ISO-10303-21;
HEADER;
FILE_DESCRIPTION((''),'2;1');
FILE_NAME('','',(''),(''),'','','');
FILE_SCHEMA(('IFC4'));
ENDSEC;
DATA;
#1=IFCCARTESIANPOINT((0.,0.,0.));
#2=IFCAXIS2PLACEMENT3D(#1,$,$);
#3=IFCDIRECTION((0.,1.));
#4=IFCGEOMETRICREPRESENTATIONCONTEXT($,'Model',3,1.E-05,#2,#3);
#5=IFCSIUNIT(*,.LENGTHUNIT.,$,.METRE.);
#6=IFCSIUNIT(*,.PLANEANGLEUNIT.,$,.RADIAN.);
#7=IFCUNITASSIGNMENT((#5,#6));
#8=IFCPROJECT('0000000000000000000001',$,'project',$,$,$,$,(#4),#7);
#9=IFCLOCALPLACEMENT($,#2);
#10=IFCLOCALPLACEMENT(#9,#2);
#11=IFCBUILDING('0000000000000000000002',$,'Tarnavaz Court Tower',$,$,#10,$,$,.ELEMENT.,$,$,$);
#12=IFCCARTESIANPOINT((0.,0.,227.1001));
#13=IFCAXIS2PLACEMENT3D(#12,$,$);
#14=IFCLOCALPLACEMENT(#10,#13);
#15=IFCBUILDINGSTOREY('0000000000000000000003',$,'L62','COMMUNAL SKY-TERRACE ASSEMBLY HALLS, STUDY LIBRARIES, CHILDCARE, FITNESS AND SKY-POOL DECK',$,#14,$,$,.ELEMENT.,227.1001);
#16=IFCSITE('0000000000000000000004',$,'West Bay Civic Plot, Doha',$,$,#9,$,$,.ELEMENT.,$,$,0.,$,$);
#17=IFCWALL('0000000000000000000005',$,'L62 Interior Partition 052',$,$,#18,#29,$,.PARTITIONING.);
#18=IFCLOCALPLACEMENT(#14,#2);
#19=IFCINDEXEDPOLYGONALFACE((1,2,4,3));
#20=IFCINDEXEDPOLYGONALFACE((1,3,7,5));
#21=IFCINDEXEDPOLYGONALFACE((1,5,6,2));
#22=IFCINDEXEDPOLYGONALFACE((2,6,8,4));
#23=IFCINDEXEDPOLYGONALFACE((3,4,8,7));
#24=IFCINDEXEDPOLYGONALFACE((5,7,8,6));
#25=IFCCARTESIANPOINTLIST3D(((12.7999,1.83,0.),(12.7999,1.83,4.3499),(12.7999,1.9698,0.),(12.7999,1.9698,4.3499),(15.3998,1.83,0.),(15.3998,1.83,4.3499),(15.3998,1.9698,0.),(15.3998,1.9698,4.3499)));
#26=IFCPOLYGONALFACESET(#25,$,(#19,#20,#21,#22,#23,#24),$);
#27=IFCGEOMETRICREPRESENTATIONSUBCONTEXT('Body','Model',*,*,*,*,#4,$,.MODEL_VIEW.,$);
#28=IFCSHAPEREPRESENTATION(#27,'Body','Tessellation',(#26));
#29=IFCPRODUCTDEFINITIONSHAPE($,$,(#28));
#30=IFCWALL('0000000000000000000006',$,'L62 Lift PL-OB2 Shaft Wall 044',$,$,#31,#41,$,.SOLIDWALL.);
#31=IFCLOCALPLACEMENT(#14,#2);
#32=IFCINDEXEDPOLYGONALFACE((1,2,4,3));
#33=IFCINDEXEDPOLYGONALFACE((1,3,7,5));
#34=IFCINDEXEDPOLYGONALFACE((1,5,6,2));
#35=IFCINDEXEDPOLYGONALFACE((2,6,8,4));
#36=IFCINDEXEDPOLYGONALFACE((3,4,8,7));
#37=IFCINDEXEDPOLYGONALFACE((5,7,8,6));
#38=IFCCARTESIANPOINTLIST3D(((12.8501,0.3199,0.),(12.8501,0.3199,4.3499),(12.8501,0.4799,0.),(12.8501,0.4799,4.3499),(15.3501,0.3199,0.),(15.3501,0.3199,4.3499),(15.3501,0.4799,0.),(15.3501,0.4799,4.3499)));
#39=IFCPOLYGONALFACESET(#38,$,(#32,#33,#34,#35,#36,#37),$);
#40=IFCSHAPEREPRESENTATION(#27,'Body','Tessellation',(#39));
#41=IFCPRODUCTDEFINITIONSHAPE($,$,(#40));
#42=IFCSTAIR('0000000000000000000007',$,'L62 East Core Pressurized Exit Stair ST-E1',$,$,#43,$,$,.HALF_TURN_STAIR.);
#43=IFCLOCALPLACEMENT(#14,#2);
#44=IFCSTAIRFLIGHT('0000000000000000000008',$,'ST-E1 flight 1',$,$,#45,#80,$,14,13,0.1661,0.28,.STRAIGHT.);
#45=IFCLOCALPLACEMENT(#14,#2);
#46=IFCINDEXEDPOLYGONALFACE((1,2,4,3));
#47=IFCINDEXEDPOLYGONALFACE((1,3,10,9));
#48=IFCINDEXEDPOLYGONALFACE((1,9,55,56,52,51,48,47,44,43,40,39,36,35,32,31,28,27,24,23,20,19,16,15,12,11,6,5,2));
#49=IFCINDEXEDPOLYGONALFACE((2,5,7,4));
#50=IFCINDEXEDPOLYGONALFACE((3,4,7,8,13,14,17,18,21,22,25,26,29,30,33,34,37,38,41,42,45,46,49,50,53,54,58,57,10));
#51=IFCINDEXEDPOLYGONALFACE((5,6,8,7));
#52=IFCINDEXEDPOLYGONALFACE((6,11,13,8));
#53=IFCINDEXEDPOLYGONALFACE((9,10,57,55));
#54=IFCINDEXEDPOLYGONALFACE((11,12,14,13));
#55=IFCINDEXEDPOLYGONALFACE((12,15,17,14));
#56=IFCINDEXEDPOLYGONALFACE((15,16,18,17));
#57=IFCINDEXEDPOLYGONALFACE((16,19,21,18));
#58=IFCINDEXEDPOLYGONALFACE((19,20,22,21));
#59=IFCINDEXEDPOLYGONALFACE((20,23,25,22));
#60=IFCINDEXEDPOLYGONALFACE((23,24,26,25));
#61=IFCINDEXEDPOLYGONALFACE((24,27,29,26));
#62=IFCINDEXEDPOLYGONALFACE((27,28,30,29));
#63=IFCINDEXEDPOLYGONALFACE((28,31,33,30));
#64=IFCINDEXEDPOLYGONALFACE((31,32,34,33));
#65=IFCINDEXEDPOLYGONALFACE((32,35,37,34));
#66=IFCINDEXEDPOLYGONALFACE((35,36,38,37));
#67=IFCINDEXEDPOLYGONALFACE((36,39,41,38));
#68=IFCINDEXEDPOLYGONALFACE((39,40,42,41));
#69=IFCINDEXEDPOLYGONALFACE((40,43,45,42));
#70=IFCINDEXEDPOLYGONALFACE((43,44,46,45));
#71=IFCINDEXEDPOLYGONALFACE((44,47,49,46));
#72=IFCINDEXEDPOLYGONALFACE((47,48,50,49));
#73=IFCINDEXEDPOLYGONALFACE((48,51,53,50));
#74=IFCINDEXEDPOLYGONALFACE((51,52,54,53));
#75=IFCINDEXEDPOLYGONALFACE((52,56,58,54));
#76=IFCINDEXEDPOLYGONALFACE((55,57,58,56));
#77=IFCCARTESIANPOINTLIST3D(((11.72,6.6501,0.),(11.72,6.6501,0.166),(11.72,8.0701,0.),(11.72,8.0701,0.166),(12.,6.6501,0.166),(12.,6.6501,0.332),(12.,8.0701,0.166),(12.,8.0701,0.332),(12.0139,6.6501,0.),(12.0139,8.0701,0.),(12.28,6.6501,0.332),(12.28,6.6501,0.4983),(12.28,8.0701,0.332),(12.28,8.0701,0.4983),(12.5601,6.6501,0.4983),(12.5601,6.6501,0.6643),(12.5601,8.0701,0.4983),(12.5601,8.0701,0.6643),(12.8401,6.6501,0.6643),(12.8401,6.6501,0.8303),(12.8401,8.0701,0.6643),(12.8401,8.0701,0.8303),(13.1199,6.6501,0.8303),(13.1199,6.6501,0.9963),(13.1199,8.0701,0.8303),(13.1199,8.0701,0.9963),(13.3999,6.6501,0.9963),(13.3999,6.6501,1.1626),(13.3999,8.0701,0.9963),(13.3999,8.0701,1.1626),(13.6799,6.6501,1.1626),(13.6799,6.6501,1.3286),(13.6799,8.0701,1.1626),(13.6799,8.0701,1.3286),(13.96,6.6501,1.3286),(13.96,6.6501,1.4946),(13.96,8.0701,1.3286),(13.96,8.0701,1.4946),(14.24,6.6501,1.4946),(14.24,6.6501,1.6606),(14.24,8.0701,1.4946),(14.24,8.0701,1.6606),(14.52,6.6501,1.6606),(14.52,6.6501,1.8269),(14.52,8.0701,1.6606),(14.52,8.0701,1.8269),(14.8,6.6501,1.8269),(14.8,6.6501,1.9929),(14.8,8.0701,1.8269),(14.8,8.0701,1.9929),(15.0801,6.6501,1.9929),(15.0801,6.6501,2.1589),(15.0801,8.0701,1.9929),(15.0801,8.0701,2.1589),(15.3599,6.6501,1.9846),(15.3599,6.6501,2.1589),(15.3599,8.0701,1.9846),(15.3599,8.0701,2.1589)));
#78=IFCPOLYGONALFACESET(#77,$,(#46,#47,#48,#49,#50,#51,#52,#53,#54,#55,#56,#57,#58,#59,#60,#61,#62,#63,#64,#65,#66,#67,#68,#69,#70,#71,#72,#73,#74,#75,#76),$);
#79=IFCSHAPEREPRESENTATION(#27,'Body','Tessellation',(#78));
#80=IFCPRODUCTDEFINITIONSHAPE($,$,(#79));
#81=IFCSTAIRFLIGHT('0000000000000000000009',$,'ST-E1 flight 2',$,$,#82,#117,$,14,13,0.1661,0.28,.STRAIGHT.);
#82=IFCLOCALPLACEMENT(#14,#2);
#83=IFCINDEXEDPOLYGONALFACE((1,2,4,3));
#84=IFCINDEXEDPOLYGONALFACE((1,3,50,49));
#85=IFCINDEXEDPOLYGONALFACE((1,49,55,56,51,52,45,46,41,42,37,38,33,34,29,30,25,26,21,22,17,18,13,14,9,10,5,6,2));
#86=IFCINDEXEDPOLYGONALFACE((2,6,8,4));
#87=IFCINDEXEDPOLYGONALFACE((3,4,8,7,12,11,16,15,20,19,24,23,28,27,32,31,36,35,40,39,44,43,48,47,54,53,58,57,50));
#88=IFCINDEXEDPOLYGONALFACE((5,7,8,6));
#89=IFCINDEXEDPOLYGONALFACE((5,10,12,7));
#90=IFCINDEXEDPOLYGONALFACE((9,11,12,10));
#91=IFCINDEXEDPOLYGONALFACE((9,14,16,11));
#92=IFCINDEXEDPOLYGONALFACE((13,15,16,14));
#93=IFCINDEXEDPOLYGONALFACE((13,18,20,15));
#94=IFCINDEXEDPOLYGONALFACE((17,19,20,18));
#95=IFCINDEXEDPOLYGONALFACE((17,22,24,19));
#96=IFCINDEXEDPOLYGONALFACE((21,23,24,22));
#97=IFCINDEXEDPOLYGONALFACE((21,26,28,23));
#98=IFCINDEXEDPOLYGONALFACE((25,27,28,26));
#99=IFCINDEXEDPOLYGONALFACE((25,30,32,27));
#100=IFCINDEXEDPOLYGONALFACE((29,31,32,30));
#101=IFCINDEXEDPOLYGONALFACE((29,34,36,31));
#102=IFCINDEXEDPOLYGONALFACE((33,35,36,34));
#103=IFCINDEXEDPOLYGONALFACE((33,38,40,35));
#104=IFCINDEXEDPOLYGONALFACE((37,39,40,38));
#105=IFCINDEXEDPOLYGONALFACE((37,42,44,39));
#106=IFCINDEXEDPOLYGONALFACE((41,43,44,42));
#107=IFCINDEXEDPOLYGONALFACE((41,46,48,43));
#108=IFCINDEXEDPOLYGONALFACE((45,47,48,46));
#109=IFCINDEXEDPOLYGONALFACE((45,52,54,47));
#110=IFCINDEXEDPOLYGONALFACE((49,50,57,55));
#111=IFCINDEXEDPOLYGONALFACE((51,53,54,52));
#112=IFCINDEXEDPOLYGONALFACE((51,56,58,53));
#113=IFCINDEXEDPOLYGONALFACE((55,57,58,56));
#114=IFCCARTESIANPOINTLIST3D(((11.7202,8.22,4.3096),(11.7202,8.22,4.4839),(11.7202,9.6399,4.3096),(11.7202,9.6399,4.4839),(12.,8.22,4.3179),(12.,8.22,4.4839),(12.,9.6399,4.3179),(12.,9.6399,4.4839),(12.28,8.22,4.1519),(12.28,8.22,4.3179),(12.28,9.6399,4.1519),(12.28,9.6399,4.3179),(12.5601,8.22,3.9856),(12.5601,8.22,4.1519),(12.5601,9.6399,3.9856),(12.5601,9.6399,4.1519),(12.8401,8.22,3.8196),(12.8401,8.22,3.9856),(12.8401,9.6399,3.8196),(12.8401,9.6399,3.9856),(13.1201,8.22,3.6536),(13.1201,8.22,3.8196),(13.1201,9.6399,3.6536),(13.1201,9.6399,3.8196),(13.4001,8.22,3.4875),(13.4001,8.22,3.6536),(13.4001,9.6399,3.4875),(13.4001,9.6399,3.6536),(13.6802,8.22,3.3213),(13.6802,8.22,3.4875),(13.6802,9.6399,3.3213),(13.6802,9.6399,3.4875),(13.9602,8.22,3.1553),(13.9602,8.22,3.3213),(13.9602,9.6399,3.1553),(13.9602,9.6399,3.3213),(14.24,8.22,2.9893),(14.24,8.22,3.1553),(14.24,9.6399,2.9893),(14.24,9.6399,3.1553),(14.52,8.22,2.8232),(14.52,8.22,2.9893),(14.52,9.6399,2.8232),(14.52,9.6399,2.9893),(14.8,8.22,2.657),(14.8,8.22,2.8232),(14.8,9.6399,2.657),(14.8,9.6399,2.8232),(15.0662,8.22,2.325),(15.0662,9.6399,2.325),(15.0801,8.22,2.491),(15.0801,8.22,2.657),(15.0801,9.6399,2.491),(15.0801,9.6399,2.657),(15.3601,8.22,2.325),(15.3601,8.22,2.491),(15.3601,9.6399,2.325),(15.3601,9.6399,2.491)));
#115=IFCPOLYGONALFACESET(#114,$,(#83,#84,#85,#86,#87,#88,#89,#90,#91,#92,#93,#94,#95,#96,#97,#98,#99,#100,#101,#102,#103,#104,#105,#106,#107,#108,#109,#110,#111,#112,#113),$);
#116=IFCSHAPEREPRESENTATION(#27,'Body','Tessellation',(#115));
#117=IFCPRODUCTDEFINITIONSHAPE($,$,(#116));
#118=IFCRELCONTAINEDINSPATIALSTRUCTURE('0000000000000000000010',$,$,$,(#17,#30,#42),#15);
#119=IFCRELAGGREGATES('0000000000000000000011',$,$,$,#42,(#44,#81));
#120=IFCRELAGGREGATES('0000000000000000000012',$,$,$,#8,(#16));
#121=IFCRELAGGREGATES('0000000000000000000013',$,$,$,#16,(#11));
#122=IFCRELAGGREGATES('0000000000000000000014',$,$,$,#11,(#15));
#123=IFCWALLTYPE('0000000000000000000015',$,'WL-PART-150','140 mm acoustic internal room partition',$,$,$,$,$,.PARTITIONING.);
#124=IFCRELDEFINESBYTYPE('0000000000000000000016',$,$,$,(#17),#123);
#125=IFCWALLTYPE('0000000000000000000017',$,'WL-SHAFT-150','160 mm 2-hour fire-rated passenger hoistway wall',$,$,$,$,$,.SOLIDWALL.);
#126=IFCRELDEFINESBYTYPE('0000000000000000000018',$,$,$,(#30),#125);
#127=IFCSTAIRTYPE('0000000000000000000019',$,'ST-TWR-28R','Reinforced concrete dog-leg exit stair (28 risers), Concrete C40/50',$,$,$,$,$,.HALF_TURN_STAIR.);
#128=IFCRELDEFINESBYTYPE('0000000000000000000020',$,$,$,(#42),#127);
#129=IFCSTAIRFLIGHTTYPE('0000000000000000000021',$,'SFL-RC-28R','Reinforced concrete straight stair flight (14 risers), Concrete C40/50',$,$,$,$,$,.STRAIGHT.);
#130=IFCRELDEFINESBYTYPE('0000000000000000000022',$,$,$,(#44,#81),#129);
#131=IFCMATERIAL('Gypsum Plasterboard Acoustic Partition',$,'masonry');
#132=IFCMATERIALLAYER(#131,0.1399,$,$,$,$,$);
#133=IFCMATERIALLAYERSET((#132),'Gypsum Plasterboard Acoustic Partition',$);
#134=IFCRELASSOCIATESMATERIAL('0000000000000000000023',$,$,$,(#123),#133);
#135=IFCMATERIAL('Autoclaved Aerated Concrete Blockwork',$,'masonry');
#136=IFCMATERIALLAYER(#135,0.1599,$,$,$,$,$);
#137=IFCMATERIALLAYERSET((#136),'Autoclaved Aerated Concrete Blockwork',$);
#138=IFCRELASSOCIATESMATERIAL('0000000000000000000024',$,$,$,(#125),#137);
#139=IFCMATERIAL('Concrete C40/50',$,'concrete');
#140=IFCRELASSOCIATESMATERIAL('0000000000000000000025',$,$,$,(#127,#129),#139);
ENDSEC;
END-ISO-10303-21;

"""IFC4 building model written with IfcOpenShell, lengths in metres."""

from ifc_helpers import new_model, si_unit, direction, frame, frame_2d, origin, place, context, subcontext, project, spatial, polyline, rectangle, outline, extrude, material, layer, layer_set, type_object, element, aggregate, save


model = new_model("IFC4")

# Units and contexts
model_context = context("Model", 3, precision=1e-05, world=origin(), true_north=direction((0.0, 1.0)))
body_context = subcontext(model_context, "Body", "Model", "MODEL_VIEW")
ifc_project = project(units=[si_unit("LENGTHUNIT", "METRE"), si_unit("PLANEANGLEUNIT", "RADIAN")], contexts=[model_context])

# Site, building, storey
site_placement = place(None, origin())
site = spatial("IfcSite", under=ifc_project, at=site_placement, Name="West Bay Civic Plot, Doha", CompositionType="ELEMENT", RefElevation=0.0)
building_placement = place(site_placement, origin())
building = spatial("IfcBuilding", under=site, at=building_placement, Name="Tarnavaz Court Tower", CompositionType="ELEMENT")
storey_placement = place(building_placement, frame((0.0, 0.0, 227.1001)))
storey = spatial("IfcBuildingStorey", under=building, at=storey_placement, Name="L62", Description="COMMUNAL SKY-TERRACE ASSEMBLY HALLS, STUDY LIBRARIES, CHILDCARE, FITNESS AND SKY-POOL DECK", CompositionType="ELEMENT", Elevation=227.1001)

# Walls
ifc_material_1 = material(Name="Gypsum Plasterboard Acoustic Partition", Category="masonry")
ifc_layer_1 = layer(ifc_material_1, 0.1399)
ifc_layer_set_1 = layer_set([ifc_layer_1], Name="Gypsum Plasterboard Acoustic Partition")
wall_type_1 = type_object("IfcWallType", Name="WL-PART-150", Description="140 mm acoustic internal room partition", PredefinedType="PARTITIONING", material=ifc_layer_set_1)
wall_1_placement = place(storey_placement, frame((12.8, 1.8999, 0.0), z_axis=(0.0, 0.0, 1.0), x_axis=(1.0, 0.0, 0.0)))
element("IfcWall", 1, at=wall_1_placement, inside=storey, type_object=wall_type_1, Name="L62 Interior Partition 052", PredefinedType="PARTITIONING", context=body_context, shape_type="SweptSolid", body=[
    extrude(rectangle(XDim=2.5999, YDim=0.1399, at=frame_2d((1.2998, 0.0))), origin(), (0.0, 0.0, 1.0), 4.3499),
])
ifc_material_2 = material(Name="Autoclaved Aerated Concrete Blockwork", Category="masonry")
ifc_layer_2 = layer(ifc_material_2, 0.1599)
ifc_layer_set_2 = layer_set([ifc_layer_2], Name="Autoclaved Aerated Concrete Blockwork")
wall_type_2 = type_object("IfcWallType", Name="WL-SHAFT-150", Description="160 mm 2-hour fire-rated passenger hoistway wall", PredefinedType="SOLIDWALL", material=ifc_layer_set_2)
wall_2_placement = place(storey_placement, frame((12.8501, 0.3999, 0.0), z_axis=(0.0, 0.0, 1.0), x_axis=(1.0, 0.0, 0.0)))
element("IfcWall", 2, at=wall_2_placement, inside=storey, type_object=wall_type_2, Name="L62 Lift PL-OB2 Shaft Wall 044", PredefinedType="SOLIDWALL", context=body_context, shape_type="SweptSolid", body=[
    extrude(rectangle(XDim=2.5, YDim=0.1599, at=frame_2d((1.25, 0.0))), origin(), (0.0, 0.0, 1.0), 4.3499),
])

# Stair, stair flights
ifc_material_3 = material(Name="Concrete C40/50", Category="concrete")
stair_type = type_object("IfcStairType", Name="ST-TWR-28R", Description="Reinforced concrete dog-leg exit stair (28 risers), Concrete C40/50", PredefinedType="HALF_TURN_STAIR", material=ifc_material_3)
stair_placement = place(storey_placement, origin())
stair = element("IfcStair", 3, at=stair_placement, inside=storey, type_object=stair_type, Name="L62 East Core Pressurized Exit Stair ST-E1", PredefinedType="HALF_TURN_STAIR")
stair_flight_type = type_object("IfcStairFlightType", Name="SFL-RC-28R", Description="Reinforced concrete straight stair flight (14 risers), Concrete C40/50", PredefinedType="STRAIGHT", material=ifc_material_3)
stair_flight_1_placement = place(storey_placement, frame((11.72, 7.3601, 0.0), z_axis=(0.0, 0.0, 1.0), x_axis=(1.0, 0.0, 0.0)))
stair_flight_1 = element("IfcStairFlight", 4, at=stair_flight_1_placement, type_object=stair_flight_type, Name="ST-E1 flight 1", NumberOfRisers=14, NumberOfTreads=13, PredefinedType="STRAIGHT", RiserHeight=0.1661, TreadLength=0.28, context=body_context, shape_type="SweptSolid", body=[
    extrude(outline(polyline([(0.0, 0.0), (0.0, 0.166), (0.28, 0.166), (0.28, 0.332), (0.5601, 0.332), (0.5601, 0.4983), (0.8401, 0.4983), (0.8401, 0.6643), (1.1201, 0.6643), (1.1201, 0.8303), (1.3999, 0.8303), (1.3999, 0.9963), (1.6799, 0.9963), (1.6799, 1.1626), (1.96, 1.1626), (1.96, 1.3286), (2.24, 1.3286), (2.24, 1.4946), (2.52, 1.4946), (2.52, 1.6606), (2.8, 1.6606), (2.8, 1.8269), (3.0801, 1.8269), (3.0801, 1.9929), (3.3601, 1.9929), (3.3601, 2.1589), (3.6399, 2.1589), (3.6399, 2.325), (3.6399, 1.9846), (0.2939, 0.0), (0.0, 0.0)])), frame((0.0, 0.71, 0.0), z_axis=(0.0, -1.0, 0.0), x_axis=(1.0, 0.0, 0.0)), (0.0, 0.0, 1.0), 1.4199),
])
stair_flight_2_placement = place(storey_placement, frame((15.3601, 8.9299, 2.325), z_axis=(0.0, 0.0, 1.0), x_axis=(-1.0, 0.0, 0.0)))
stair_flight_2 = element("IfcStairFlight", 5, at=stair_flight_2_placement, type_object=stair_flight_type, Name="ST-E1 flight 2", NumberOfRisers=14, NumberOfTreads=13, PredefinedType="STRAIGHT", RiserHeight=0.1661, TreadLength=0.28, context=body_context, shape_type="SweptSolid", body=[
    extrude(outline(polyline([(0.0, 0.0), (0.0, 0.166), (0.28, 0.166), (0.28, 0.332), (0.5601, 0.332), (0.5601, 0.4983), (0.8401, 0.4983), (0.8401, 0.6643), (1.1201, 0.6643), (1.1201, 0.8303), (1.3999, 0.8303), (1.3999, 0.9963), (1.6799, 0.9963), (1.6799, 1.1626), (1.96, 1.1626), (1.96, 1.3286), (2.24, 1.3286), (2.24, 1.4946), (2.52, 1.4946), (2.52, 1.6606), (2.8, 1.6606), (2.8, 1.8269), (3.0801, 1.8269), (3.0801, 1.9929), (3.3601, 1.9929), (3.3601, 2.1589), (3.6399, 2.1589), (3.6399, 2.325), (3.6399, 1.9846), (0.2939, 0.0), (0.0, 0.0)])), frame((0.0, 0.71, 0.0), z_axis=(0.0, -1.0, 0.0), x_axis=(1.0, 0.0, 0.0)), (0.0, 0.0, 1.0), 1.4199),
])
aggregate(stair, [stair_flight_1, stair_flight_2])

save(model, "model.ifc")
